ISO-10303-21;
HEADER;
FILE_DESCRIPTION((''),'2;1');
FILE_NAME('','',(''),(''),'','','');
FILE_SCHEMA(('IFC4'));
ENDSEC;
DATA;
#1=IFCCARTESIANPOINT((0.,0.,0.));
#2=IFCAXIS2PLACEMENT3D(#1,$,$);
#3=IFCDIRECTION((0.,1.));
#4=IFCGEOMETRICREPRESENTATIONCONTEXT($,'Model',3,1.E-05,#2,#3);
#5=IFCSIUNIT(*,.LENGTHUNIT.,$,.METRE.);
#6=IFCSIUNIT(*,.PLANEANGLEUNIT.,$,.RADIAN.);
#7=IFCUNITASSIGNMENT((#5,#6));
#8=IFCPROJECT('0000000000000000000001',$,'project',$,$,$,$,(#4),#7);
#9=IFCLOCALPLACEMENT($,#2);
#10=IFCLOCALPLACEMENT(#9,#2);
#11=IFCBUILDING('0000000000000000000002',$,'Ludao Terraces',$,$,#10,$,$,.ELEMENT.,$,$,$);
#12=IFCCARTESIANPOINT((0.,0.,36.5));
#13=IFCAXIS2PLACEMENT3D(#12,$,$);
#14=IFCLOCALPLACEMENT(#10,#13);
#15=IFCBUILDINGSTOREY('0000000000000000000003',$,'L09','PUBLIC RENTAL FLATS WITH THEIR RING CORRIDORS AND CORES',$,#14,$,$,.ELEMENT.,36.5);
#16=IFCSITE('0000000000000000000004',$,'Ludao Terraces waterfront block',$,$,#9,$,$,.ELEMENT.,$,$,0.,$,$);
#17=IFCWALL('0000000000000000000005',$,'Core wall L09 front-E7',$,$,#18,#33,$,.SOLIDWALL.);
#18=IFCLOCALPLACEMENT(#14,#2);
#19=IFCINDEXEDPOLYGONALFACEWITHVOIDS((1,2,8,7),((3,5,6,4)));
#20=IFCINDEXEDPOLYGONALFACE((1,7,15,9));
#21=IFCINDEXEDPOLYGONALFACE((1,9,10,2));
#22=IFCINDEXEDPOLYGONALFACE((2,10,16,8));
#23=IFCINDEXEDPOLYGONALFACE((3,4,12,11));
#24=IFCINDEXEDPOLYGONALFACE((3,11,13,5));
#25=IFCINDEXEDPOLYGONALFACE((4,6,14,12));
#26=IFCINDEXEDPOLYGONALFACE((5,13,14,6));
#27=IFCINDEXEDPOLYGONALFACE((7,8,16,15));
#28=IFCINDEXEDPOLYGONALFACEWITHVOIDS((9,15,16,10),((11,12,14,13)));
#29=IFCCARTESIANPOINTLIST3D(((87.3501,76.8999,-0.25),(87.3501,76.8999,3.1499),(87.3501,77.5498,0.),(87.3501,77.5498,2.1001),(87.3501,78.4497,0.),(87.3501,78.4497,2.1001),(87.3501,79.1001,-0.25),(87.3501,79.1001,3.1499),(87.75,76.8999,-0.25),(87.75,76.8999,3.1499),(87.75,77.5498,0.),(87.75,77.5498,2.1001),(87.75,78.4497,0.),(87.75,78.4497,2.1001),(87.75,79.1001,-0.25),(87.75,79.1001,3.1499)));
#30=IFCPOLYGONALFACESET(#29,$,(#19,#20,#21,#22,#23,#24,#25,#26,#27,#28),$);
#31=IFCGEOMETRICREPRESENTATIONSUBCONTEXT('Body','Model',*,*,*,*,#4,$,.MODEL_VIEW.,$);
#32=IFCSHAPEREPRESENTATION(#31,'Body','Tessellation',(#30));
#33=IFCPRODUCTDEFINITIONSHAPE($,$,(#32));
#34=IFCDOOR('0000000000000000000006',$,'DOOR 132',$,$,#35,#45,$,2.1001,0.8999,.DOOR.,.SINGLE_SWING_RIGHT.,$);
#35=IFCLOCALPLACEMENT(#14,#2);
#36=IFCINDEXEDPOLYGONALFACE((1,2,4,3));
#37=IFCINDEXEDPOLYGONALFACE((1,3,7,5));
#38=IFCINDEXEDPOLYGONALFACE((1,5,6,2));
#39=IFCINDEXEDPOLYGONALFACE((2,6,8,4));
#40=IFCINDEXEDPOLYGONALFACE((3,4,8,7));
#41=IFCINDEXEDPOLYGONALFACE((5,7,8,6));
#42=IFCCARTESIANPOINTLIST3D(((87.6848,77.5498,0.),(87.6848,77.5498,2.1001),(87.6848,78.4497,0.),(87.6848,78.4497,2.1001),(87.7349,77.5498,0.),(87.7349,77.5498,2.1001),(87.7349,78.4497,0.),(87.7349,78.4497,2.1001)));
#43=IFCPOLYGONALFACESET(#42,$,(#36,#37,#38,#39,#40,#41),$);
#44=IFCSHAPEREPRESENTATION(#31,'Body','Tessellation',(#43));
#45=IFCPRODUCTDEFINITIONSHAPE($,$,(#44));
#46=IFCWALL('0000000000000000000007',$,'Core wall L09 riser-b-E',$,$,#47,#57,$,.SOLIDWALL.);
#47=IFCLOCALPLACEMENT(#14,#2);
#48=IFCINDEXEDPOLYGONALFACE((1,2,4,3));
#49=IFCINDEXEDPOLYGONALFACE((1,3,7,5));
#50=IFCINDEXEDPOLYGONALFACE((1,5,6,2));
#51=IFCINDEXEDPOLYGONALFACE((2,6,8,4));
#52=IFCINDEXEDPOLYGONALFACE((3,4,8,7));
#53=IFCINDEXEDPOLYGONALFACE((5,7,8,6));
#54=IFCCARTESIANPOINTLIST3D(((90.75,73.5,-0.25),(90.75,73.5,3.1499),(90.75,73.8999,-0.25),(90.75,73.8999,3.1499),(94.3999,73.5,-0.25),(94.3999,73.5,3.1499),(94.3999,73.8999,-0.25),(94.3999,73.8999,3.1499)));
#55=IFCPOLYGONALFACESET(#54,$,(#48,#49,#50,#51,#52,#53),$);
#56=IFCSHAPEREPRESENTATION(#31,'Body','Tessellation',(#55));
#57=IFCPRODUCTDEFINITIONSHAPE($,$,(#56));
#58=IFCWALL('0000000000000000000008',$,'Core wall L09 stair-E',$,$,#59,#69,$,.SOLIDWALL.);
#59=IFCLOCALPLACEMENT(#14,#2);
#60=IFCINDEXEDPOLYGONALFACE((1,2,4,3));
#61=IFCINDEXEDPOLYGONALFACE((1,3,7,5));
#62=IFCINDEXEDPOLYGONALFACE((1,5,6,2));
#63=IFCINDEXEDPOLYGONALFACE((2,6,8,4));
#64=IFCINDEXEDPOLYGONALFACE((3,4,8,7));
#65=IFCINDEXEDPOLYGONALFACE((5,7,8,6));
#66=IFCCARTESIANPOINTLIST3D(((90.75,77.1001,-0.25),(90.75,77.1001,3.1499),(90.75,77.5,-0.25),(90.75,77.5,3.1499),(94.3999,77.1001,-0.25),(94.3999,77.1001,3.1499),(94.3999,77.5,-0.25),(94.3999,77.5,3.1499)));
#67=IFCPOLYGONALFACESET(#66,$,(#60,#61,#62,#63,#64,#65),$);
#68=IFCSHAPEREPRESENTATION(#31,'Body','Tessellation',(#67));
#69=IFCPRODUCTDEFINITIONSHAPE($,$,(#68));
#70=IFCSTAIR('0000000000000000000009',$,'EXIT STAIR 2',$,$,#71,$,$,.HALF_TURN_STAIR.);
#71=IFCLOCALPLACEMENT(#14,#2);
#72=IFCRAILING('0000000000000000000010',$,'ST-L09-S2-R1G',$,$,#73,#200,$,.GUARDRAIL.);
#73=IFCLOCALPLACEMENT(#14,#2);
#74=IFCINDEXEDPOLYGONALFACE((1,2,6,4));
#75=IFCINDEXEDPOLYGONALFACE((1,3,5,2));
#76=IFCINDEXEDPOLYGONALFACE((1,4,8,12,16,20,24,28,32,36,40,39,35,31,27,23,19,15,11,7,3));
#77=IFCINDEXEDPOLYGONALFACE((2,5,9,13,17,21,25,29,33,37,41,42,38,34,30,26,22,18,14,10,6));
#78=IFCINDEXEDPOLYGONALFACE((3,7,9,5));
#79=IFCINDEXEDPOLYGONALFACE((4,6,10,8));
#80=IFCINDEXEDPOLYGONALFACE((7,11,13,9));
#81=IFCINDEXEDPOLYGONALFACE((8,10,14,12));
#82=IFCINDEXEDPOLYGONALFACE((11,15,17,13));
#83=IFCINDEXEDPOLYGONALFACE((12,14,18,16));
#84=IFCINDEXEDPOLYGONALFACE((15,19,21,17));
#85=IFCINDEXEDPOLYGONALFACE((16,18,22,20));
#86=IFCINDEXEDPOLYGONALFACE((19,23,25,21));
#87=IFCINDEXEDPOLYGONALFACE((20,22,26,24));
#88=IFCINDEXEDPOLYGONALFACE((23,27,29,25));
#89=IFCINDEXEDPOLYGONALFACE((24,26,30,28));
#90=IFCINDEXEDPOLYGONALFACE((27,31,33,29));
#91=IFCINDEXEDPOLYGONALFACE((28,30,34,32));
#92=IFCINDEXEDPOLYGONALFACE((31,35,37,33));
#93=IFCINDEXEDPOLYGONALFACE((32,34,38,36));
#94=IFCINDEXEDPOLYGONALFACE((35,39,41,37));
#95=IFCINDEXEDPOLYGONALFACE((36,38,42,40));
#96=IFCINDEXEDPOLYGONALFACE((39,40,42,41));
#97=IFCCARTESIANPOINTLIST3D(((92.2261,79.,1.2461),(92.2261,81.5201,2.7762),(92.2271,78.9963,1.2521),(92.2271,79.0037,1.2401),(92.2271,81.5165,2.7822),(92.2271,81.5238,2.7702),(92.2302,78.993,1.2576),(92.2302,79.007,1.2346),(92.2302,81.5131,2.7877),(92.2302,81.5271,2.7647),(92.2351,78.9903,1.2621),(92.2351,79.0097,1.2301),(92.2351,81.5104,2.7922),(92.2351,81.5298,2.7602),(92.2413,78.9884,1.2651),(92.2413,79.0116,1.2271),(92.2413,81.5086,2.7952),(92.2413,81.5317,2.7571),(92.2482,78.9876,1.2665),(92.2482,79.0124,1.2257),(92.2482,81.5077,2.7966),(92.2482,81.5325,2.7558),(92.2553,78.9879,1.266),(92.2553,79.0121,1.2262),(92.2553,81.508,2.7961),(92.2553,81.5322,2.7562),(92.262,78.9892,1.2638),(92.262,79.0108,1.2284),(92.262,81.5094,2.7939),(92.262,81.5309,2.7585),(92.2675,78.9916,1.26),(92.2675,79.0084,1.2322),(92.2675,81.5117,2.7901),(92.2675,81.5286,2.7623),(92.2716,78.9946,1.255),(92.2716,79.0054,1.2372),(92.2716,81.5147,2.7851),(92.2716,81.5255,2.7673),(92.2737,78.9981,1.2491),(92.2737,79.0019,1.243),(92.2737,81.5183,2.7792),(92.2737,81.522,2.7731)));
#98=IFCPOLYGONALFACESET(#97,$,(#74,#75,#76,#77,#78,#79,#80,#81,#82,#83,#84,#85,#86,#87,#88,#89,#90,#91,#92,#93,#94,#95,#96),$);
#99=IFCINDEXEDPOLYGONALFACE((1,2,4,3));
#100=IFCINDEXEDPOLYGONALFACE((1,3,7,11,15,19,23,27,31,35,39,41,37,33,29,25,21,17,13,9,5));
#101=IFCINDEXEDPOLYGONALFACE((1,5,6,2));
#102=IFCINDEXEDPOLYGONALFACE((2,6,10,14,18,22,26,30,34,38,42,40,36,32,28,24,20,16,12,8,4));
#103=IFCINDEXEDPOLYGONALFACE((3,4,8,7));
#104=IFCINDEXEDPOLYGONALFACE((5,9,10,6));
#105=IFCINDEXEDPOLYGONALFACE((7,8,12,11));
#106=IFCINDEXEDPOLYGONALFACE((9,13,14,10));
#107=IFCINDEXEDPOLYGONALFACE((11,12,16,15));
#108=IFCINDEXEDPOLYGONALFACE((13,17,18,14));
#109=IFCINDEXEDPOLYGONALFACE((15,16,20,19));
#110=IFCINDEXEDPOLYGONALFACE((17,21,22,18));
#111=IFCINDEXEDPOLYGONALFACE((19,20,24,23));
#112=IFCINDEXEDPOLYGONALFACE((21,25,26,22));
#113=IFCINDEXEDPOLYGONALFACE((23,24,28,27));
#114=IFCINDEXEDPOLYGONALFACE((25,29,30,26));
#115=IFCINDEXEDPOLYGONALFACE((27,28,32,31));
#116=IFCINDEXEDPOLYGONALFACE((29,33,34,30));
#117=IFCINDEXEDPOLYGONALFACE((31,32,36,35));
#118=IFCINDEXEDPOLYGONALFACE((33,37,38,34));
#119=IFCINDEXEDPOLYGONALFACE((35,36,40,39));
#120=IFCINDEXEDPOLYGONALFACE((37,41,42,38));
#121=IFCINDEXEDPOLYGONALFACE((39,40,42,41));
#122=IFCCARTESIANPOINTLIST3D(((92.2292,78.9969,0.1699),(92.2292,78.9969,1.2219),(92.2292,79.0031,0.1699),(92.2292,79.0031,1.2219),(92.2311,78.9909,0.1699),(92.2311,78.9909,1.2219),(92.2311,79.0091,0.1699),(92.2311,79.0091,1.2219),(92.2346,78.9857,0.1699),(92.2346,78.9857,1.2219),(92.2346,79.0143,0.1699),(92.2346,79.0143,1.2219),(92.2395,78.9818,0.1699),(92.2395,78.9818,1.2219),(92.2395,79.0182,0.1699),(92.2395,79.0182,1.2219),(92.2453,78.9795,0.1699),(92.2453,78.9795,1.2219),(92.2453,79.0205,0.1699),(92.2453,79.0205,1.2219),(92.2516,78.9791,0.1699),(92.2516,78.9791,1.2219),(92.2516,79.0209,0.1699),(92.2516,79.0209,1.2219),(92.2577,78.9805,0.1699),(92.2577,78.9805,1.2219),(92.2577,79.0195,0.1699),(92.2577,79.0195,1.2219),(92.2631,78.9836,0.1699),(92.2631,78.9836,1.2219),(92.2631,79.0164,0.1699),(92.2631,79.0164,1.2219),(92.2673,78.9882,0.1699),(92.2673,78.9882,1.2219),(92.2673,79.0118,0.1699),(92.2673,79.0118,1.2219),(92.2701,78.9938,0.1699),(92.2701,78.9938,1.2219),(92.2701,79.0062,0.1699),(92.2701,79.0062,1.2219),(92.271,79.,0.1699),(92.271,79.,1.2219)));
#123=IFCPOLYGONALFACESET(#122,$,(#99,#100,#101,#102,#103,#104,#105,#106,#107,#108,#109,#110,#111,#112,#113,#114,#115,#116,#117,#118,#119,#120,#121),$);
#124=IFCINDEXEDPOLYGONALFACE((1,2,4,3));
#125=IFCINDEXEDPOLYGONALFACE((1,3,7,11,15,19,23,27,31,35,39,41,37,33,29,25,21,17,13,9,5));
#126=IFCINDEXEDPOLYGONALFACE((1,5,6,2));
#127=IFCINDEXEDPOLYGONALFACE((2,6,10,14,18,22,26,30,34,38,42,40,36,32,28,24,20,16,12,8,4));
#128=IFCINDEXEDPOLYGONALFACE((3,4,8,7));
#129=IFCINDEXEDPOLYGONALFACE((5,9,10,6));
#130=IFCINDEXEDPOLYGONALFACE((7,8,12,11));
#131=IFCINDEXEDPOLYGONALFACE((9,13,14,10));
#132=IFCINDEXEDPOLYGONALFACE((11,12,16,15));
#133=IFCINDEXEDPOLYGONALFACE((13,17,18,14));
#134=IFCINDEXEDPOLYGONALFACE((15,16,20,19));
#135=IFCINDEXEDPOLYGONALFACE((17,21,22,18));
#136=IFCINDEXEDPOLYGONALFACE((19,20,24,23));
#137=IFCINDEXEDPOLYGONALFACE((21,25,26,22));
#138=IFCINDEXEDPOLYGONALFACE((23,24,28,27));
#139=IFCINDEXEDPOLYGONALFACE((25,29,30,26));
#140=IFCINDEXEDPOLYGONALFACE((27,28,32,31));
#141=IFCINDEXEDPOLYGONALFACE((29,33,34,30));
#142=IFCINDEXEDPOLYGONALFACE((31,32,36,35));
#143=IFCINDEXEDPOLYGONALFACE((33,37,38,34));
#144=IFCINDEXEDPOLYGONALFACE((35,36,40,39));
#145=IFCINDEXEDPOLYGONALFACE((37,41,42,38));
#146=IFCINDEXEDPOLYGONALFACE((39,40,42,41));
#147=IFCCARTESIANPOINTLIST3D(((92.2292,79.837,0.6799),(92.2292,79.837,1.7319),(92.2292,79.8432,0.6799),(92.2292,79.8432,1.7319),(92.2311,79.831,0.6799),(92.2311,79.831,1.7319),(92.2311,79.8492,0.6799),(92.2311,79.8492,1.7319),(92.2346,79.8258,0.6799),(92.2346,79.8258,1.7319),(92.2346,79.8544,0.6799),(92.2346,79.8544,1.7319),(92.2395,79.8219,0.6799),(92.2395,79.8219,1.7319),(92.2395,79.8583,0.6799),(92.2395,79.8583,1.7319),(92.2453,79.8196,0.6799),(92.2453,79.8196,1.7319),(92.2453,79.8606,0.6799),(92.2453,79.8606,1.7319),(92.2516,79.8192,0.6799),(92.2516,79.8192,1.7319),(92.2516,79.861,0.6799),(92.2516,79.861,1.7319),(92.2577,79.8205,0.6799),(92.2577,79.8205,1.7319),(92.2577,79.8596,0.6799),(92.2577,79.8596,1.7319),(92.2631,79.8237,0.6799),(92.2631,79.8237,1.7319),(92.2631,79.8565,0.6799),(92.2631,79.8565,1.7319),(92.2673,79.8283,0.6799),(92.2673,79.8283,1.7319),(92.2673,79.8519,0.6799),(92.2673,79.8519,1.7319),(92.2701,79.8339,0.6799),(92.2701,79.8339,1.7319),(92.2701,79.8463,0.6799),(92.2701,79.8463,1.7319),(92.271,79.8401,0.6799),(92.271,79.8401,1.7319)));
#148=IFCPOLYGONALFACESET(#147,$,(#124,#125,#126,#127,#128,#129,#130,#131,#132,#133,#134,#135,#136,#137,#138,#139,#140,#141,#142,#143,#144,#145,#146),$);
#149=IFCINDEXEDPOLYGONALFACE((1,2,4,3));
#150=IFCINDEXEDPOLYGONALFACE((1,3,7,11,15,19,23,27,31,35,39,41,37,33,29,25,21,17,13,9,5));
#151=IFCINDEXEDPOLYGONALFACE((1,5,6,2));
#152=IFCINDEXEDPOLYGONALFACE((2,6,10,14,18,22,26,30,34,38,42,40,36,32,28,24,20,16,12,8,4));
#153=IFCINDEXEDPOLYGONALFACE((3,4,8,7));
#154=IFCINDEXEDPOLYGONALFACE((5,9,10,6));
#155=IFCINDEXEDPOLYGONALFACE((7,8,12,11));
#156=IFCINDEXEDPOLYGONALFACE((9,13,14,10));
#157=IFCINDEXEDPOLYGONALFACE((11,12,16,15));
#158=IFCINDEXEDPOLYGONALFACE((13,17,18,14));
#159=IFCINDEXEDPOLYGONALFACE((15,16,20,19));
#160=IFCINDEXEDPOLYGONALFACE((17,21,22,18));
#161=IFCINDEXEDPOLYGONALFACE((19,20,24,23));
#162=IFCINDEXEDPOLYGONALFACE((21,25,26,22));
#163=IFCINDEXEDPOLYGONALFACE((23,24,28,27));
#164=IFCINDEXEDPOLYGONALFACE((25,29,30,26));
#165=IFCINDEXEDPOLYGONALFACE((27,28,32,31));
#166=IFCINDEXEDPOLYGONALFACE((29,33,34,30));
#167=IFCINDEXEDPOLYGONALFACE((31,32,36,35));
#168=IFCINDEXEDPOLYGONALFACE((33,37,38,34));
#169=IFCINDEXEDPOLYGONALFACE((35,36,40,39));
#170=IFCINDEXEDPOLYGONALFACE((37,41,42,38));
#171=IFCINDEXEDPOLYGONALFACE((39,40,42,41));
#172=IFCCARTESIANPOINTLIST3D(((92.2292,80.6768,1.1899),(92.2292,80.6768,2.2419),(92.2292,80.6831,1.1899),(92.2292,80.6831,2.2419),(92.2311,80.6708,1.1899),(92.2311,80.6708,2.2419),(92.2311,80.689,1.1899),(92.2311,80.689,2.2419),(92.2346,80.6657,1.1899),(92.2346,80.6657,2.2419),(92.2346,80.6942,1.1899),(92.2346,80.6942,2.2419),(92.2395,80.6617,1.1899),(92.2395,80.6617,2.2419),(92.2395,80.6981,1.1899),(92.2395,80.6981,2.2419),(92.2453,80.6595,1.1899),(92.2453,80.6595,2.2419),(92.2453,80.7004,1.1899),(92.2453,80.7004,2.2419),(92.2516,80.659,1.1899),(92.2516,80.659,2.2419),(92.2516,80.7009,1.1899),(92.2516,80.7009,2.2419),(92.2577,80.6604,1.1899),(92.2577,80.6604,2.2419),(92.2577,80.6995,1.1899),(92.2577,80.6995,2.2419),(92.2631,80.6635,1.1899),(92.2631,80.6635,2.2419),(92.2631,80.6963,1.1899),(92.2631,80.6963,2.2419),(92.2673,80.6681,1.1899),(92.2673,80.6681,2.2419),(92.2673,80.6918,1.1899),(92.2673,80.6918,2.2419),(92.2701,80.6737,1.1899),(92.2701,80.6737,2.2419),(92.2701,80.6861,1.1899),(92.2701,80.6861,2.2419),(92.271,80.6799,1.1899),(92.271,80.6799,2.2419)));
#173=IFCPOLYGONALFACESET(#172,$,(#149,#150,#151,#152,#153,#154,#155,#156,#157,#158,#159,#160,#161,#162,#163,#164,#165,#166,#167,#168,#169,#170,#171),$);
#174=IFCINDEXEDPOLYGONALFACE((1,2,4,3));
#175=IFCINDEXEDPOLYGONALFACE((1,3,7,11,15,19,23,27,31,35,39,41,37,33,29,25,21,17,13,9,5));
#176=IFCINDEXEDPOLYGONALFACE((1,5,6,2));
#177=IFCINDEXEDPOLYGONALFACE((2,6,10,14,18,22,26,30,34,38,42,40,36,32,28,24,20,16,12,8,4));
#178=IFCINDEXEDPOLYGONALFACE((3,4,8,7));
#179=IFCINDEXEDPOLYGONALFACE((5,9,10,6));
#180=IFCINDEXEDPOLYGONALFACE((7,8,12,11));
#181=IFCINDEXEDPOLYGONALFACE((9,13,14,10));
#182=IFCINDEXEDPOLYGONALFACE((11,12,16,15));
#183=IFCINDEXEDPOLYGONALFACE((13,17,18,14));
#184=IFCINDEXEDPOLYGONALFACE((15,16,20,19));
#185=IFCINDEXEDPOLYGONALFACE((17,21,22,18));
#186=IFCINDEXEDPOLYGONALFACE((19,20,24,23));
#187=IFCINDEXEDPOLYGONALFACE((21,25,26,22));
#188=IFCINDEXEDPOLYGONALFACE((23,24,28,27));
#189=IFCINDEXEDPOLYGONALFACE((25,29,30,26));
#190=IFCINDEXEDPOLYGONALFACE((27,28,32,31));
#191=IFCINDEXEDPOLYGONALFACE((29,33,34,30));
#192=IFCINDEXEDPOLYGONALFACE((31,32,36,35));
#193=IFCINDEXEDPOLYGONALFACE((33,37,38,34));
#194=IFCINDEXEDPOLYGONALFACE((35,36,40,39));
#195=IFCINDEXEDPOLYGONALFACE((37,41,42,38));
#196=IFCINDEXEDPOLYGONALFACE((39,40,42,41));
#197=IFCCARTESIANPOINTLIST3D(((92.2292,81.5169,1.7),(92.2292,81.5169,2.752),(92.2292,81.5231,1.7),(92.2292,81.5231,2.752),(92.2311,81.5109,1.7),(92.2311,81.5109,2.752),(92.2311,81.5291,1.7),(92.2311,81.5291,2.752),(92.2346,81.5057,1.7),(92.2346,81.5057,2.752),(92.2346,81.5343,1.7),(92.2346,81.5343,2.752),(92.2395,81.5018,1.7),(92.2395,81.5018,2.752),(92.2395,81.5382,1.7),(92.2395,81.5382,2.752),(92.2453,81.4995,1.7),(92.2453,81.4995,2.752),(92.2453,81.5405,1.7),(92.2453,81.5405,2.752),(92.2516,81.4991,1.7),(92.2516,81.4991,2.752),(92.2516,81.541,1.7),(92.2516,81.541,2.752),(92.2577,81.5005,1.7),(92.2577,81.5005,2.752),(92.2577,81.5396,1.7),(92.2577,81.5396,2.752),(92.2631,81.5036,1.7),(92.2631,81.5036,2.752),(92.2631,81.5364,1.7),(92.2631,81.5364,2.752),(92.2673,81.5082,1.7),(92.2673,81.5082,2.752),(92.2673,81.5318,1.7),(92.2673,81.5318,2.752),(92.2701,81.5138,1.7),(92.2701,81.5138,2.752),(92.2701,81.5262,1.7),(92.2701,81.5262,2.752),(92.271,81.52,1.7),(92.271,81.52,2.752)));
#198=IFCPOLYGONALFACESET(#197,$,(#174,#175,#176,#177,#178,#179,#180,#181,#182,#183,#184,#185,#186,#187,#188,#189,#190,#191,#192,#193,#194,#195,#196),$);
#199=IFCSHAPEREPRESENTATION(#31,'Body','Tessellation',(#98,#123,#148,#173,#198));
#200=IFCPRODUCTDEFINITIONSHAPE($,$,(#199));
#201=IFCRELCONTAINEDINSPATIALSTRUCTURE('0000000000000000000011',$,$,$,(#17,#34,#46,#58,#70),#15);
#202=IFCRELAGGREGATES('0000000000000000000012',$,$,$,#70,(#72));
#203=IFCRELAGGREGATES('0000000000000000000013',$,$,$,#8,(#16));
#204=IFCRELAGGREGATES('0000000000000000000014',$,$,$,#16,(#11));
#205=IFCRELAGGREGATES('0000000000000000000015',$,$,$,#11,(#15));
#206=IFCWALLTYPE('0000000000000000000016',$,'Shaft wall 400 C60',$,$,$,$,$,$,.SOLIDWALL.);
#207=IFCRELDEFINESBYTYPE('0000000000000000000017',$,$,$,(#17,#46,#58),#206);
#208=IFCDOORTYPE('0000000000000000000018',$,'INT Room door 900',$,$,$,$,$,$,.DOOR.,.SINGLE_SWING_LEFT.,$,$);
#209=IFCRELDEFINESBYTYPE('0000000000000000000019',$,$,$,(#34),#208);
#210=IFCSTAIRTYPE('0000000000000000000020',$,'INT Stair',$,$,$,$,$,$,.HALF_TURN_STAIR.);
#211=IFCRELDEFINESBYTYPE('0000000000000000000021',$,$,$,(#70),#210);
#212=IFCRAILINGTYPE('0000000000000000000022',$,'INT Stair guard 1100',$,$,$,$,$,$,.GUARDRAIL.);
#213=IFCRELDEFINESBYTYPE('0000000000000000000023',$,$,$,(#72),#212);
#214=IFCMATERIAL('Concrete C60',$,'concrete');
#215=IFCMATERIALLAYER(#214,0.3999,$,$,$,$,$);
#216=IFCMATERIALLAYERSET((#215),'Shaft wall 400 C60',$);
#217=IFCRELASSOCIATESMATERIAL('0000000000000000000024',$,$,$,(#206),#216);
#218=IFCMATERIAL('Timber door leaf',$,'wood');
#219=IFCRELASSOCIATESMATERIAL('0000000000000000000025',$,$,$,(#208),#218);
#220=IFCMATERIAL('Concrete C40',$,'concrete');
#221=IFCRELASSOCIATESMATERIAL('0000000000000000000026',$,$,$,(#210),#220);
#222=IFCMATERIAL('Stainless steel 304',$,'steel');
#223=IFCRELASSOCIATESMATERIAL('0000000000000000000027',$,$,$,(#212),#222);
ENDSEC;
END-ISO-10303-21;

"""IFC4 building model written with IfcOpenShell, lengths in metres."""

from ifc_helpers import new_model, si_unit, direction, frame, frame_2d, origin, origin_2d, place, context, subcontext, project, spatial, rectangle, circle, extrude, material, layer, layer_set, type_object, element, fill, aggregate, save


model = new_model("IFC4")

# Units and contexts
model_context = context("Model", 3, precision=1e-05, world=origin(), true_north=direction((0.0, 1.0)))
body_context = subcontext(model_context, "Body", "Model", "MODEL_VIEW")
ifc_project = project(units=[si_unit("LENGTHUNIT", "METRE"), si_unit("PLANEANGLEUNIT", "RADIAN")], contexts=[model_context])

# Site, building, storey
site_placement = place(None, origin())
site = spatial("IfcSite", under=ifc_project, at=site_placement, Name="Ludao Terraces waterfront block", CompositionType="ELEMENT", RefElevation=0.0)
building_placement = place(site_placement, origin())
building = spatial("IfcBuilding", under=site, at=building_placement, Name="Ludao Terraces", CompositionType="ELEMENT")
storey_placement = place(building_placement, frame((0.0, 0.0, 36.5)))
storey = spatial("IfcBuildingStorey", under=building, at=storey_placement, Name="L09", Description="PUBLIC RENTAL FLATS WITH THEIR RING CORRIDORS AND CORES", CompositionType="ELEMENT", Elevation=36.5)

# Shared definitions
ifc_material_1 = material(Name="Concrete C60", Category="concrete")
ifc_layer_1 = layer(ifc_material_1, 0.3999)
ifc_layer_set_1 = layer_set([ifc_layer_1], Name="Shaft wall 400 C60")
wall_type_1 = type_object("IfcWallType", Name="Shaft wall 400 C60", PredefinedType="SOLIDWALL", material=ifc_layer_set_1)

# Shared definitions
ifc_material_2 = material(Name="Timber door leaf", Category="wood")
door_type_1 = type_object("IfcDoorType", Name="INT Room door 900", OperationType="SINGLE_SWING_LEFT", PredefinedType="DOOR", material=ifc_material_2)

# Wall, opening, door
wall_1_placement = place(storey_placement, frame((87.55, 76.8999, -0.25), z_axis=(0.0, 0.0, 1.0), x_axis=(0.0, 1.0, 0.0)))
wall_1 = element("IfcWall", 1, at=wall_1_placement, inside=storey, type_object=wall_type_1, Name="Core wall L09 front-E7", PredefinedType="SOLIDWALL", context=body_context, shape_type="SweptSolid", body=[
    extrude(rectangle(XDim=2.2002, YDim=0.3999, at=frame_2d((1.1001, 0.0))), origin(), (0.0, 0.0, 1.0), 3.3999),
])
opening_1_placement = place(wall_1_placement, frame((0.6499, 0.0, 0.25)))
opening_1 = element("IfcOpeningElement", 2, at=opening_1_placement, cuts=wall_1, PredefinedType="OPENING", context=body_context, shape_type="SweptSolid", body=[
    extrude(rectangle(XDim=0.8999, YDim=2.1001, at=frame_2d((0.45, 1.05))), frame((0.0, 0.21, 0.0), z_axis=(0.0, -1.0, 0.0), x_axis=(1.0, 0.0, 0.0)), (0.0, 0.0, 1.0), 0.4199),
])
door_1_placement = place(opening_1_placement, origin())
door_1 = element("IfcDoor", 3, at=door_1_placement, inside=storey, type_object=door_type_1, Name="DOOR 132", OperationType="SINGLE_SWING_RIGHT", OverallHeight=2.1001, OverallWidth=0.8999, PredefinedType="DOOR", context=body_context, shape_type="SweptSolid", body=[
    extrude(rectangle(XDim=0.8999, YDim=2.1001, at=frame_2d((0.45, 1.05))), frame((0.0, -0.1348, 0.0), z_axis=(0.0, -1.0, 0.0), x_axis=(1.0, 0.0, 0.0)), (0.0, 0.0, 1.0), 0.05),
])
fill(opening_1, door_1)

# Walls
for number, where, z_axis, x_axis, name in (
    (4, (90.75, 73.7, -0.25), (0.0, 0.0, 1.0), (1.0, 0.0, 0.0), "Core wall L09 riser-b-E"),
    (5, (90.75, 77.3, -0.25), (0.0, 0.0, 1.0), (1.0, 0.0, 0.0), "Core wall L09 stair-E"),
):
    element("IfcWall", number, at=place(storey_placement, frame(where, z_axis=z_axis, x_axis=x_axis)), inside=storey, type_object=wall_type_1, Name=name, PredefinedType="SOLIDWALL", context=body_context, shape_type="SweptSolid", body=[
        extrude(rectangle(XDim=3.6499, YDim=0.3999, at=frame_2d((1.825, 0.0))), origin(), (0.0, 0.0, 1.0), 3.3999),
    ])

# Stair, railing
ifc_material_3 = material(Name="Concrete C40", Category="concrete")
stair_type = type_object("IfcStairType", Name="INT Stair", PredefinedType="HALF_TURN_STAIR", material=ifc_material_3)
stair_placement = place(storey_placement, origin())
stair = element("IfcStair", 6, at=stair_placement, inside=storey, type_object=stair_type, Name="EXIT STAIR 2", PredefinedType="HALF_TURN_STAIR")
ifc_material_4 = material(Name="Stainless steel 304", Category="steel")
railing_type_1 = type_object("IfcRailingType", Name="INT Stair guard 1100", PredefinedType="GUARDRAIL", material=ifc_material_4)
railing_1_placement = place(storey_placement, frame((92.25, 79.0, 0.1699)))
railing_1 = element("IfcRailing", 7, at=railing_1_placement, type_object=railing_type_1, Name="ST-L09-S2-R1G", PredefinedType="GUARDRAIL", context=body_context, shape_type="SweptSolid", body=[
    extrude(circle(Radius=0.0239, at=origin_2d()), frame((0.0, 0.0, 1.0762), z_axis=(0.0, 0.854785, 0.518982), x_axis=(-1.0, 0.0, 0.0)), (0.0, 0.0, 1.0), 2.9482),
    extrude(circle(Radius=0.021, at=origin_2d()), origin(), (0.0, 0.0, 1.0), 1.052),
    extrude(circle(Radius=0.021, at=origin_2d()), frame((0.0, 0.8401, 0.51)), (0.0, 0.0, 1.0), 1.052),
    extrude(circle(Radius=0.021, at=origin_2d()), frame((0.0, 1.6799, 1.02)), (0.0, 0.0, 1.0), 1.052),
    extrude(circle(Radius=0.021, at=origin_2d()), frame((0.0, 2.52, 1.53)), (0.0, 0.0, 1.0), 1.052),
])
aggregate(stair, [railing_1])

save(model, "model.ifc")
